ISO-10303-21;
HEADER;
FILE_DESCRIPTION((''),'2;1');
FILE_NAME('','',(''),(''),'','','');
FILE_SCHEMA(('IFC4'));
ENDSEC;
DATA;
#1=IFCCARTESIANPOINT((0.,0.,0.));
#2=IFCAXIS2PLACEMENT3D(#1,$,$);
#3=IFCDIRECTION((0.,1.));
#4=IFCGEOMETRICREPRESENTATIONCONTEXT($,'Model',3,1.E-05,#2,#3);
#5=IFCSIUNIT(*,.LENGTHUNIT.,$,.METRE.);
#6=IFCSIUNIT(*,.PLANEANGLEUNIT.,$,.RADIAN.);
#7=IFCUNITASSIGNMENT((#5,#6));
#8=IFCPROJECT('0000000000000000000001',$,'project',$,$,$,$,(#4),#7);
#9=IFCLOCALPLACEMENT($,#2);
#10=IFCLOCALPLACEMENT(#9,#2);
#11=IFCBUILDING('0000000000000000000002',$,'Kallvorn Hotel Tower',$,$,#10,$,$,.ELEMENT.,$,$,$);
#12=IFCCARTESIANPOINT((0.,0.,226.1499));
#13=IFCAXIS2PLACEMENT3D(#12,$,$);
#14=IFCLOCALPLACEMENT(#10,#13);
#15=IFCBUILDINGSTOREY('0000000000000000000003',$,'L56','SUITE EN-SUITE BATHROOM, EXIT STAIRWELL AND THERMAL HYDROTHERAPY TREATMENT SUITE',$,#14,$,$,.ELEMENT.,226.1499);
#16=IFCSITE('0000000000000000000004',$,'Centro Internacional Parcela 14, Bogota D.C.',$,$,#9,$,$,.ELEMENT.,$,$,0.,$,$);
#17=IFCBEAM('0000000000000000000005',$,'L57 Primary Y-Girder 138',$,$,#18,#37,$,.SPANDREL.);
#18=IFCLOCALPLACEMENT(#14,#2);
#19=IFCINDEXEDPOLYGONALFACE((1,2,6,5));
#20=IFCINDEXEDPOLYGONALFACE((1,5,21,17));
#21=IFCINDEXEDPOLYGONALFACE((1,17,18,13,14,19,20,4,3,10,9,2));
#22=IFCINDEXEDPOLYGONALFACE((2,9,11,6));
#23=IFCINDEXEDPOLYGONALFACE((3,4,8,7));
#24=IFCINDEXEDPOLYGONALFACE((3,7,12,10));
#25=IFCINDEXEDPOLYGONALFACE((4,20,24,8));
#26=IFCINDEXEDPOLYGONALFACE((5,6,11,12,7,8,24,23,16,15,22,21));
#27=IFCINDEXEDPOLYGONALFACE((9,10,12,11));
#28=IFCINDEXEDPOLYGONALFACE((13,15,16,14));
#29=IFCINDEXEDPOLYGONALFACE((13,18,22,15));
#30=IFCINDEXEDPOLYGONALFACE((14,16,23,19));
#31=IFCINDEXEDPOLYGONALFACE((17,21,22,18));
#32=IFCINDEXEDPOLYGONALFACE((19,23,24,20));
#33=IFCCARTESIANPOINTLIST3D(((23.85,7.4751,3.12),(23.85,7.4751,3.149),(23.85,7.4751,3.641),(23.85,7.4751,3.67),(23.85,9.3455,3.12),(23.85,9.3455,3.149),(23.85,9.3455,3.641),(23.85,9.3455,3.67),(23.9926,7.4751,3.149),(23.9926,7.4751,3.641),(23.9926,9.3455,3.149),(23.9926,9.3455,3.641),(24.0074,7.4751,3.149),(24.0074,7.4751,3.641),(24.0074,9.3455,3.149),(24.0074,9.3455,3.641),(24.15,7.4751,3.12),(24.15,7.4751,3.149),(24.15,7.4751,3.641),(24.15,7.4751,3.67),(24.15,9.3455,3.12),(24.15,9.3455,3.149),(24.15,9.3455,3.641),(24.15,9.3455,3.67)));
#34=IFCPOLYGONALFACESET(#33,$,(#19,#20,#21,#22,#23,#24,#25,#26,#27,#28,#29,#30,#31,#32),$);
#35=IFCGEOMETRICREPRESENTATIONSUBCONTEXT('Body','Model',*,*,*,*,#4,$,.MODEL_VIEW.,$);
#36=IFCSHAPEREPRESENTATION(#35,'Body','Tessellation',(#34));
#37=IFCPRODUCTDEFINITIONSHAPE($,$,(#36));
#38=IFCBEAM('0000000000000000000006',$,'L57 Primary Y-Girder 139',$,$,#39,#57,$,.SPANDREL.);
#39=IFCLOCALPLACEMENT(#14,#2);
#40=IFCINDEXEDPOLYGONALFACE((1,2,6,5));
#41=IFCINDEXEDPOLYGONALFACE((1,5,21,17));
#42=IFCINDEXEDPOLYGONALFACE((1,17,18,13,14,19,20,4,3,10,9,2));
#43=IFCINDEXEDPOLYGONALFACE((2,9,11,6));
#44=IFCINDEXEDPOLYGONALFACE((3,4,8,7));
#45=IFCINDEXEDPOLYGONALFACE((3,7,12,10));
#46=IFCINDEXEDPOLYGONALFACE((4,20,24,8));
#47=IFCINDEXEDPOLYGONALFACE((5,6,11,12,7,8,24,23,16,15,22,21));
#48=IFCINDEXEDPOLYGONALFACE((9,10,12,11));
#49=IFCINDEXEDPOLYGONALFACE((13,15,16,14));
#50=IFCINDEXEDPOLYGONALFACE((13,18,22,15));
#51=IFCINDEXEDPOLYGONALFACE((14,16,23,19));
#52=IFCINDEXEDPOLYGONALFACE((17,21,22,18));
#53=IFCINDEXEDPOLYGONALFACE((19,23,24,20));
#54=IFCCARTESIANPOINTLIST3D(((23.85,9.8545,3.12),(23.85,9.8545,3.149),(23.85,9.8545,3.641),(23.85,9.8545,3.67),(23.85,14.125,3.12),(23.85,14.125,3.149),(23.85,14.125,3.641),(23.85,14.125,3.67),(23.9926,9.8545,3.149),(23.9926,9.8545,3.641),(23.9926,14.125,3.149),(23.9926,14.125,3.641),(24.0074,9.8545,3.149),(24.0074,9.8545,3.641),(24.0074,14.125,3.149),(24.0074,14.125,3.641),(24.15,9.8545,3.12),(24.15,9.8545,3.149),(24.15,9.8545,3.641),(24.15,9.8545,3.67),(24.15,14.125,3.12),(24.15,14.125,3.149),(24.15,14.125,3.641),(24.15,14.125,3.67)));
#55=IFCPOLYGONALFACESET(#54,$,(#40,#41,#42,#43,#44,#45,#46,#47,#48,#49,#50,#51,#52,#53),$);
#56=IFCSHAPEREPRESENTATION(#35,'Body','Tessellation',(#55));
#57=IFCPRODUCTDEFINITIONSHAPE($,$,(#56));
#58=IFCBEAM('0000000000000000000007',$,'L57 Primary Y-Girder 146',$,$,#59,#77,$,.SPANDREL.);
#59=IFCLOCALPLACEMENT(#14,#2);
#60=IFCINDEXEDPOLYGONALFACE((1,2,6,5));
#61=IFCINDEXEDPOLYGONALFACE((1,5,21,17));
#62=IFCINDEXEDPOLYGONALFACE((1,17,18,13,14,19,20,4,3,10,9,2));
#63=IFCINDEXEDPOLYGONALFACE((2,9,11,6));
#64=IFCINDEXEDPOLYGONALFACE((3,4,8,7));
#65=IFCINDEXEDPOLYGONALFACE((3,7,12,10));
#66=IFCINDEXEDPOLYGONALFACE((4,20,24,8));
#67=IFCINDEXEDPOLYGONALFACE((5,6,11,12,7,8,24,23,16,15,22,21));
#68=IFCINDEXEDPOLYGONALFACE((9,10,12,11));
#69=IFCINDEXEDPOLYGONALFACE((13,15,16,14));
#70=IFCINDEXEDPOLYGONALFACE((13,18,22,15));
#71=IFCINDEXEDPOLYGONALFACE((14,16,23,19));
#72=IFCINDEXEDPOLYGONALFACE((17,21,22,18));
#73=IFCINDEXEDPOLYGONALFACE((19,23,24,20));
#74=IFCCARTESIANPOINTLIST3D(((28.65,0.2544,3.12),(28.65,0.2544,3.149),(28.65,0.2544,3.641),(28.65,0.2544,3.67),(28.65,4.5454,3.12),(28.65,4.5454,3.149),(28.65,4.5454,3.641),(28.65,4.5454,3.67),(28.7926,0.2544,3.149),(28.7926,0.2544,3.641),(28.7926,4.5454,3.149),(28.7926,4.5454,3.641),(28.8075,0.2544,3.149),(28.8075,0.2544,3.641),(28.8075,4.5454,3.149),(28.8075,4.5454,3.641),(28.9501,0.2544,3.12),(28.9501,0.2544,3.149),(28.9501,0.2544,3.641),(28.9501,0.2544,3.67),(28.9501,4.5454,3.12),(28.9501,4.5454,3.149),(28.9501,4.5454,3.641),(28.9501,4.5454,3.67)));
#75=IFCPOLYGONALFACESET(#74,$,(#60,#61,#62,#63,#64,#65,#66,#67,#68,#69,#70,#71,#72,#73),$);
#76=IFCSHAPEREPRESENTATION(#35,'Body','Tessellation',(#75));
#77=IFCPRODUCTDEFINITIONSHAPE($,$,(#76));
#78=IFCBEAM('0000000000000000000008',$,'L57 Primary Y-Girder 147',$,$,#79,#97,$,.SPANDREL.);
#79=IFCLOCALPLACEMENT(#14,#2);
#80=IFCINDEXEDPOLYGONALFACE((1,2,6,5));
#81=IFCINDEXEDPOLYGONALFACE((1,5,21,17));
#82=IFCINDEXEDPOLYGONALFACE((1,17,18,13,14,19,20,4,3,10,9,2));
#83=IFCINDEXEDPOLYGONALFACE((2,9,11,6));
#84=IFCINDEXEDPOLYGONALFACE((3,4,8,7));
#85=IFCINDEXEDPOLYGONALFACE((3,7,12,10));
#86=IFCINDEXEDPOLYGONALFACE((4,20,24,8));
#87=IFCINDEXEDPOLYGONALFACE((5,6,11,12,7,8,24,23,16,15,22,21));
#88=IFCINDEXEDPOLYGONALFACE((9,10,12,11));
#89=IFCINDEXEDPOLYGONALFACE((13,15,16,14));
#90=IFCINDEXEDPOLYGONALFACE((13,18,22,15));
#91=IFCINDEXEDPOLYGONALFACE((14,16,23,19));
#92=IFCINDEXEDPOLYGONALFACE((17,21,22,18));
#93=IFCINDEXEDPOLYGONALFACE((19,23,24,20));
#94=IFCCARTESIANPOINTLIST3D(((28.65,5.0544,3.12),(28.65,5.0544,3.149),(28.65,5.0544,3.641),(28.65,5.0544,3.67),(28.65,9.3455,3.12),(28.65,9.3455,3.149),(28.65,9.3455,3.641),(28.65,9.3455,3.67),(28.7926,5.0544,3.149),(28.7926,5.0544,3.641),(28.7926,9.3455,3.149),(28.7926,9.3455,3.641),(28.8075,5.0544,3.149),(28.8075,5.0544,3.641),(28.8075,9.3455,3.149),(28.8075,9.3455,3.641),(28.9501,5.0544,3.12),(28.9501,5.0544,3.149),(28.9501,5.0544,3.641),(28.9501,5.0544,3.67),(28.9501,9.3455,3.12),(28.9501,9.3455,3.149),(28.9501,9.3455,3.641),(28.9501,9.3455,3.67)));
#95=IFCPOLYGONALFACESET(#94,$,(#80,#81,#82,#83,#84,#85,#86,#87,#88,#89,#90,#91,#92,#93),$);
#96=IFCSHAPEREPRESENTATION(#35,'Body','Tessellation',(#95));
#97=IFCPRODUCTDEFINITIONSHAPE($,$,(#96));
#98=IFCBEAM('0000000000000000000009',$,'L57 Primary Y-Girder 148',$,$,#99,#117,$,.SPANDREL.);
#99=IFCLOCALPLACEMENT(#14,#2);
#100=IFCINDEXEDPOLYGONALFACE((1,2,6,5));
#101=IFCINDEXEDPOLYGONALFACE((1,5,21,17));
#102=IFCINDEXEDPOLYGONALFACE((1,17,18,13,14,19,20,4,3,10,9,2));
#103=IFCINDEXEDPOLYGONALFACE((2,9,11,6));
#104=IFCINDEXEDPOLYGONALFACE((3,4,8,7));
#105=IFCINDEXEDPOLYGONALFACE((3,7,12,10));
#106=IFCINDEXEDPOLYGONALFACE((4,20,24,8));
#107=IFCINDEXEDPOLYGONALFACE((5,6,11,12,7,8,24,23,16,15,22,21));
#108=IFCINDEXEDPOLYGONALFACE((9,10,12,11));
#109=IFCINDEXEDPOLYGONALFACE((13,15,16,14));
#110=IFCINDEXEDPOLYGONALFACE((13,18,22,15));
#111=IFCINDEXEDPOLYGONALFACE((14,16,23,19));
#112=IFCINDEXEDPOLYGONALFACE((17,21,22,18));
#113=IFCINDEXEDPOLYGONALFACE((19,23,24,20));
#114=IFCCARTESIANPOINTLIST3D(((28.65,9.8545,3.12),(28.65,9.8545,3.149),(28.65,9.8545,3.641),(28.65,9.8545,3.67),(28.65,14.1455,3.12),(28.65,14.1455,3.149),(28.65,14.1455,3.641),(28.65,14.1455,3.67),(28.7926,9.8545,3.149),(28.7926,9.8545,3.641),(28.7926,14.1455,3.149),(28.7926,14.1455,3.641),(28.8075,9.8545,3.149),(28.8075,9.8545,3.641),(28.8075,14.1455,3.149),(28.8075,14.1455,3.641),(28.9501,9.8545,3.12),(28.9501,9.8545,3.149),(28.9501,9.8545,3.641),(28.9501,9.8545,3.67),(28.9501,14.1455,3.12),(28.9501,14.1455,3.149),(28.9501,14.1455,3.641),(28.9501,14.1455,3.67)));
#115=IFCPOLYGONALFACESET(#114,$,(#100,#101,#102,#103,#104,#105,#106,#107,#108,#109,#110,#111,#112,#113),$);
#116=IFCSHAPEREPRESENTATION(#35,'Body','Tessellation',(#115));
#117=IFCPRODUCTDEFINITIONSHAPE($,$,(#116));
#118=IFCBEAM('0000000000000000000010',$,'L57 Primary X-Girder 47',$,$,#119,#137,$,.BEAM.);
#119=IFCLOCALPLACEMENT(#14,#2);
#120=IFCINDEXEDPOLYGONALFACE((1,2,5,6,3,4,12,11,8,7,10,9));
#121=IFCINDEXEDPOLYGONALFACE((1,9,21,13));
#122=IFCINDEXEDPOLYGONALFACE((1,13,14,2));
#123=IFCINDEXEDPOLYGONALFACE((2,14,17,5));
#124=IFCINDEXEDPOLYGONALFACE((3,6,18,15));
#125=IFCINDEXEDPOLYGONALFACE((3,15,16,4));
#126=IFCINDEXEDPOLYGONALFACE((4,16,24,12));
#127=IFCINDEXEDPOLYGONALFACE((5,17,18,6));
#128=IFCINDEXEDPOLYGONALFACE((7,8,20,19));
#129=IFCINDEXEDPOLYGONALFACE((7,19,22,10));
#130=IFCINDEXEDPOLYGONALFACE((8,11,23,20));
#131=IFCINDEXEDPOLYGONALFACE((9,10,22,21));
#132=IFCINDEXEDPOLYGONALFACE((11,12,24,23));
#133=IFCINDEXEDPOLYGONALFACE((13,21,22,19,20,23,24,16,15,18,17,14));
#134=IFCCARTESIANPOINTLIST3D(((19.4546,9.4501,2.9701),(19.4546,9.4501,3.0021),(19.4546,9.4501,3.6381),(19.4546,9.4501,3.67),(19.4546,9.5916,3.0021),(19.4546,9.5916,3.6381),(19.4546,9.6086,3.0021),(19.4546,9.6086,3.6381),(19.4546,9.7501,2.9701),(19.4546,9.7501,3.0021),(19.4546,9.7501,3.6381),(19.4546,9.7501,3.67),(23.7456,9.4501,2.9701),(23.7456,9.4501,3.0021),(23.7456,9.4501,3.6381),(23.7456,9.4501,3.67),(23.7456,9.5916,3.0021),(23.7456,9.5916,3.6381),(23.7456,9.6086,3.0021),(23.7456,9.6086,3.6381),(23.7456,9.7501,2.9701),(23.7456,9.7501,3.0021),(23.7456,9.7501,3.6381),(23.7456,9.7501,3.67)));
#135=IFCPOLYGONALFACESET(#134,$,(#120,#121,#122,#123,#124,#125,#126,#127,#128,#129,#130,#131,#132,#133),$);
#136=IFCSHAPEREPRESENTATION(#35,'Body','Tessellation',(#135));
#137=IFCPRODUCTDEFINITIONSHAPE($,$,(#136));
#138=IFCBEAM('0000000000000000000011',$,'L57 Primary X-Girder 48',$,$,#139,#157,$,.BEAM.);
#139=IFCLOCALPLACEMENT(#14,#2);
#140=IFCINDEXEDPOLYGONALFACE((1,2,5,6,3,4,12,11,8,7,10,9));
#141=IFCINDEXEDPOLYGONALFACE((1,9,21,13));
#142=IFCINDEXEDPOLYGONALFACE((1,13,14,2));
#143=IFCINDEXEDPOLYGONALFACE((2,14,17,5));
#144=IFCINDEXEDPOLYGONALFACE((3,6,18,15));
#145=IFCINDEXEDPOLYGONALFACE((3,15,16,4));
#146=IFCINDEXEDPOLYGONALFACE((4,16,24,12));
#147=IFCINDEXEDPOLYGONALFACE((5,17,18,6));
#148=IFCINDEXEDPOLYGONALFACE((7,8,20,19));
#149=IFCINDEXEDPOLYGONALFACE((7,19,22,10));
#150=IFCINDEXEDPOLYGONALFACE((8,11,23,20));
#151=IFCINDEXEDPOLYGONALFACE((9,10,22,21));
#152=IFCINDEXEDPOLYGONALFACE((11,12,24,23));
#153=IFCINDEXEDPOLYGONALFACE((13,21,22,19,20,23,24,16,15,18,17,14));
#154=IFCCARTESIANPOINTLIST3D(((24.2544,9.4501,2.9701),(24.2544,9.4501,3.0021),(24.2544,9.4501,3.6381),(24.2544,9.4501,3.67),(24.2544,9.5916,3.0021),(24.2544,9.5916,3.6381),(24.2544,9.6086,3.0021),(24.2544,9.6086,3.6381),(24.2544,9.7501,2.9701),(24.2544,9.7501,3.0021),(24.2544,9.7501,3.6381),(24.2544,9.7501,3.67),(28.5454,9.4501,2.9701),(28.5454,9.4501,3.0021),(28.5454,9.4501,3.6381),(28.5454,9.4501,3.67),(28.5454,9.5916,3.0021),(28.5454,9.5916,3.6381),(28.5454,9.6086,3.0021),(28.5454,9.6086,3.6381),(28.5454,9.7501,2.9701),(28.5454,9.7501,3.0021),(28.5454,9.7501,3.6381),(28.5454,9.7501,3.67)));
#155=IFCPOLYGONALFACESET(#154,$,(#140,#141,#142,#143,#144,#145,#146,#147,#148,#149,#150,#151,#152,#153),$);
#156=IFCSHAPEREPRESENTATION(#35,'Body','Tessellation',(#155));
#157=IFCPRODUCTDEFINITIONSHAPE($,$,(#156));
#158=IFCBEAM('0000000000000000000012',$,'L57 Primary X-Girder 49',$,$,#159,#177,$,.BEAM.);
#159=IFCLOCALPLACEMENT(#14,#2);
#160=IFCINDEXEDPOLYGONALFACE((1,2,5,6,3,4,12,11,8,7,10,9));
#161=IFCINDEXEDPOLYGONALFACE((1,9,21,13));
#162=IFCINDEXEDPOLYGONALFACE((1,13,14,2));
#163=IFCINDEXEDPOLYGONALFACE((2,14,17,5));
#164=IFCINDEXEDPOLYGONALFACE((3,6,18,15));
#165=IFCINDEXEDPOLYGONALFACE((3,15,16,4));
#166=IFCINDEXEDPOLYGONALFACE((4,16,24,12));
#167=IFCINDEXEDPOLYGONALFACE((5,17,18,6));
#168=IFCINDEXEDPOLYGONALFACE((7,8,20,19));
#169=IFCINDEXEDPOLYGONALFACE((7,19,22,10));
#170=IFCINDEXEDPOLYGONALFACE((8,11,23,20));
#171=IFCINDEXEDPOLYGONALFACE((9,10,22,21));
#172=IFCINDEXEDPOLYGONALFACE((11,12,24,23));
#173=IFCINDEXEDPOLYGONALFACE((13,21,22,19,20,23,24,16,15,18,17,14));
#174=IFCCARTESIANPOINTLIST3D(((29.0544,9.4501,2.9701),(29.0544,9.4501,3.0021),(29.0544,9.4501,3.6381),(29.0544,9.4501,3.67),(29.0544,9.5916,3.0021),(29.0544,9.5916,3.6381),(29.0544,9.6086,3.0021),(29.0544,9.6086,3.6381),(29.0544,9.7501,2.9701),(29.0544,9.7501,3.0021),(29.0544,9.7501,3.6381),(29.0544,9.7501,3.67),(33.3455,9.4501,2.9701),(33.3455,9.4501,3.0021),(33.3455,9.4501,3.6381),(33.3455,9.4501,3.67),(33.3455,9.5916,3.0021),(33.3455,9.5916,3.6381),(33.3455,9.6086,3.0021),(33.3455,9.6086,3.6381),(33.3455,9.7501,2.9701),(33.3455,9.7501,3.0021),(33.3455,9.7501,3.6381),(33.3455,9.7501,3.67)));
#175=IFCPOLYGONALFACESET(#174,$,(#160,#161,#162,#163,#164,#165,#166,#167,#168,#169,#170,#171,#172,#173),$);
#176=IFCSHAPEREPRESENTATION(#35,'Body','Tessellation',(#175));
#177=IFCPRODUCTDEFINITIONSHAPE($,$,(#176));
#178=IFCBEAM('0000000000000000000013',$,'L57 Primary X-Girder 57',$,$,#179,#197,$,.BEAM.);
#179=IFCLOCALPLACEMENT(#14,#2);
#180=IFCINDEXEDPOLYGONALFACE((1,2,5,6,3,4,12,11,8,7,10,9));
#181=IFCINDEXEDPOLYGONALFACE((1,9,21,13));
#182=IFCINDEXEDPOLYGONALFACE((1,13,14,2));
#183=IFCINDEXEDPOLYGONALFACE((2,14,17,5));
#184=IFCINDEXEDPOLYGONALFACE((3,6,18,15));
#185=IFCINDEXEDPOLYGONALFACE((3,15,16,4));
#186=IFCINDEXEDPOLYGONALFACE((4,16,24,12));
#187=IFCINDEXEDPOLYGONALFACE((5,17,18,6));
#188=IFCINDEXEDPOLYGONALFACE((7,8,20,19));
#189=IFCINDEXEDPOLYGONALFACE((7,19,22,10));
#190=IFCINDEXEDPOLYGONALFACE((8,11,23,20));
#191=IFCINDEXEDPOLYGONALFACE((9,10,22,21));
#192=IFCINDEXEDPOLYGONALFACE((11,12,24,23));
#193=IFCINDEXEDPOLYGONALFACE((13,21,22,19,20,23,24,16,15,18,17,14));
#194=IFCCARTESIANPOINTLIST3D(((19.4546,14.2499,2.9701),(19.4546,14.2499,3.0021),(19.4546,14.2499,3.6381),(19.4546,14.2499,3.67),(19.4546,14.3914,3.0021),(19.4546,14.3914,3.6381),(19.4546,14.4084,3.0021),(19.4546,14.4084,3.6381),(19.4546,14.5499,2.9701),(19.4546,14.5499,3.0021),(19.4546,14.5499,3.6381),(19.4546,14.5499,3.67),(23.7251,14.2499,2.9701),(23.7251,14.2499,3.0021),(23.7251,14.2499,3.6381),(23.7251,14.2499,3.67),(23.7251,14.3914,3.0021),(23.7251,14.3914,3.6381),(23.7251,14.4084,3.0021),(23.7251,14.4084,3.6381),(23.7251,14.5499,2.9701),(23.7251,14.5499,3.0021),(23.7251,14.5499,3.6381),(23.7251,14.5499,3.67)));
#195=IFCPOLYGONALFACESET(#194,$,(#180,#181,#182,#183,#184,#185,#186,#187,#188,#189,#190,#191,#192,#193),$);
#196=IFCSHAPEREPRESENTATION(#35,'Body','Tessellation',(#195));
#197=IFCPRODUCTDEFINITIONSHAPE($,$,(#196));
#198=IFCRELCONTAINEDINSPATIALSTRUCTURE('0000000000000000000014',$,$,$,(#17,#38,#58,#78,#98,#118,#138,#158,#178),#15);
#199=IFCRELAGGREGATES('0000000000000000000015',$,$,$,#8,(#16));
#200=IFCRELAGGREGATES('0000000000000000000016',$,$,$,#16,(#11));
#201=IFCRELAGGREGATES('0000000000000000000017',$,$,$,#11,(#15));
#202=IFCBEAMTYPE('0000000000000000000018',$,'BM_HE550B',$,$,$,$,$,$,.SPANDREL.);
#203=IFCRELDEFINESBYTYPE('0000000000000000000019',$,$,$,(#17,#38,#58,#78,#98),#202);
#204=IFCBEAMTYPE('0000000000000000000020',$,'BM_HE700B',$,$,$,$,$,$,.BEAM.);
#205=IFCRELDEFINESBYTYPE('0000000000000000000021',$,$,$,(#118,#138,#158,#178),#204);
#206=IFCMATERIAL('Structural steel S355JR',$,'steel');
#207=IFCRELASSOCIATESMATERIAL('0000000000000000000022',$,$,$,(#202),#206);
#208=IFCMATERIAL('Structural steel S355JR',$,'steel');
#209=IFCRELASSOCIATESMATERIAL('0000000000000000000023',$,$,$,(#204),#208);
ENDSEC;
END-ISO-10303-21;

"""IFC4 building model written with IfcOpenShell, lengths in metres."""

from ifc_helpers import new_model, si_unit, direction, frame, origin, origin_2d, place, context, subcontext, project, spatial, i_section, extrude, material, material_profile, profile_set, type_object, element, save


model = new_model("IFC4")

# Units and contexts
model_context = context("Model", 3, precision=1e-05, world=origin(), true_north=direction((0.0, 1.0)))
body_context = subcontext(model_context, "Body", "Model", "MODEL_VIEW")
ifc_project = project(units=[si_unit("LENGTHUNIT", "METRE"), si_unit("PLANEANGLEUNIT", "RADIAN")], contexts=[model_context])

# Site, building, storey
site_placement = place(None, origin())
site = spatial("IfcSite", under=ifc_project, at=site_placement, Name="Centro Internacional Parcela 14, Bogota D.C.", CompositionType="ELEMENT", RefElevation=0.0)
building_placement = place(site_placement, origin())
building = spatial("IfcBuilding", under=site, at=building_placement, Name="Kallvorn Hotel Tower", CompositionType="ELEMENT")
storey_placement = place(building_placement, frame((0.0, 0.0, 226.1499)))
storey = spatial("IfcBuildingStorey", under=building, at=storey_placement, Name="L56", Description="SUITE EN-SUITE BATHROOM, EXIT STAIRWELL AND THERMAL HYDROTHERAPY TREATMENT SUITE", CompositionType="ELEMENT", Elevation=226.1499)

# Beams
ifc_material_1 = material(Name="Structural steel S355JR", Category="steel")
ifc_material_profile_1 = material_profile(ifc_material_1, i_section(OverallWidth=0.3, OverallDepth=0.55, WebThickness=0.0149, FlangeThickness=0.0291, at=origin_2d()), Name="HE 550 B")
ifc_profile_set_1 = profile_set([ifc_material_profile_1], Name="Structural steel S355JR")
beam_type_1 = type_object("IfcBeamType", Name="BM_HE550B", PredefinedType="SPANDREL", material=ifc_profile_set_1)
beam_1_placement = place(storey_placement, frame((24.0, 7.4751, 3.395), z_axis=(0.0, 1.0, 0.0), x_axis=(-1.0, 0.0, 0.0)))
element("IfcBeam", 1, at=beam_1_placement, inside=storey, type_object=beam_type_1, Name="L57 Primary Y-Girder 138", PredefinedType="SPANDREL", context=body_context, shape_type="SweptSolid", body=[
    extrude(i_section(OverallWidth=0.3, OverallDepth=0.55, WebThickness=0.0149, FlangeThickness=0.0291, at=origin_2d()), origin(), (0.0, 0.0, 1.0), 1.8704),
])
beam_2_placement = place(storey_placement, frame((24.0, 9.8545, 3.395), z_axis=(0.0, 1.0, 0.0), x_axis=(-1.0, 0.0, 0.0)))
element("IfcBeam", 2, at=beam_2_placement, inside=storey, type_object=beam_type_1, Name="L57 Primary Y-Girder 139", PredefinedType="SPANDREL", context=body_context, shape_type="SweptSolid", body=[
    extrude(i_section(OverallWidth=0.3, OverallDepth=0.55, WebThickness=0.0149, FlangeThickness=0.0291, at=origin_2d()), origin(), (0.0, 0.0, 1.0), 4.2705),
])
for number, where, z_axis, x_axis, name in (
    (3, (28.8, 0.2544, 3.395), (0.0, 1.0, 0.0), (-1.0, 0.0, 0.0), "L57 Primary Y-Girder 146"),
    (4, (28.8, 5.0544, 3.395), (0.0, 1.0, 0.0), (-1.0, 0.0, 0.0), "L57 Primary Y-Girder 147"),
    (5, (28.8, 9.8545, 3.395), (0.0, 1.0, 0.0), (-1.0, 0.0, 0.0), "L57 Primary Y-Girder 148"),
):
    element("IfcBeam", number, at=place(storey_placement, frame(where, z_axis=z_axis, x_axis=x_axis)), inside=storey, type_object=beam_type_1, Name=name, PredefinedType="SPANDREL", context=body_context, shape_type="SweptSolid", body=[
        extrude(i_section(OverallWidth=0.3, OverallDepth=0.55, WebThickness=0.0149, FlangeThickness=0.0291, at=origin_2d()), origin(), (0.0, 0.0, 1.0), 4.291),
    ])
ifc_material_2 = material(Name="Structural steel S355JR", Category="steel")
ifc_material_profile_2 = material_profile(ifc_material_2, i_section(OverallWidth=0.3, OverallDepth=0.7, WebThickness=0.0171, FlangeThickness=0.032, at=origin_2d()), Name="HE 700 B")
ifc_profile_set_2 = profile_set([ifc_material_profile_2], Name="Structural steel S355JR")
beam_type_2 = type_object("IfcBeamType", Name="BM_HE700B", PredefinedType="BEAM", material=ifc_profile_set_2)
for number, where, z_axis, x_axis, name in (
    (6, (19.4546, 9.6001, 3.3201), (1.0, 0.0, 0.0), (0.0, 1.0, 0.0), "L57 Primary X-Girder 47"),
    (7, (24.2544, 9.6001, 3.3201), (1.0, 0.0, 0.0), (0.0, 1.0, 0.0), "L57 Primary X-Girder 48"),
    (8, (29.0544, 9.6001, 3.3201), (1.0, 0.0, 0.0), (0.0, 1.0, 0.0), "L57 Primary X-Girder 49"),
):
    element("IfcBeam", number, at=place(storey_placement, frame(where, z_axis=z_axis, x_axis=x_axis)), inside=storey, type_object=beam_type_2, Name=name, PredefinedType="BEAM", context=body_context, shape_type="SweptSolid", body=[
        extrude(i_section(OverallWidth=0.3, OverallDepth=0.7, WebThickness=0.0171, FlangeThickness=0.032, at=origin_2d()), origin(), (0.0, 0.0, 1.0), 4.291),
    ])
for number, where, z_axis, x_axis, name in (
    (9, (19.4546, 14.3999, 3.3201), (1.0, 0.0, 0.0), (0.0, 1.0, 0.0), "L57 Primary X-Girder 57"),
):
    element("IfcBeam", number, at=place(storey_placement, frame(where, z_axis=z_axis, x_axis=x_axis)), inside=storey, type_object=beam_type_2, Name=name, PredefinedType="BEAM", context=body_context, shape_type="SweptSolid", body=[
        extrude(i_section(OverallWidth=0.3, OverallDepth=0.7, WebThickness=0.0171, FlangeThickness=0.032, at=origin_2d()), origin(), (0.0, 0.0, 1.0), 4.2705),
    ])

save(model, "model.ifc")
